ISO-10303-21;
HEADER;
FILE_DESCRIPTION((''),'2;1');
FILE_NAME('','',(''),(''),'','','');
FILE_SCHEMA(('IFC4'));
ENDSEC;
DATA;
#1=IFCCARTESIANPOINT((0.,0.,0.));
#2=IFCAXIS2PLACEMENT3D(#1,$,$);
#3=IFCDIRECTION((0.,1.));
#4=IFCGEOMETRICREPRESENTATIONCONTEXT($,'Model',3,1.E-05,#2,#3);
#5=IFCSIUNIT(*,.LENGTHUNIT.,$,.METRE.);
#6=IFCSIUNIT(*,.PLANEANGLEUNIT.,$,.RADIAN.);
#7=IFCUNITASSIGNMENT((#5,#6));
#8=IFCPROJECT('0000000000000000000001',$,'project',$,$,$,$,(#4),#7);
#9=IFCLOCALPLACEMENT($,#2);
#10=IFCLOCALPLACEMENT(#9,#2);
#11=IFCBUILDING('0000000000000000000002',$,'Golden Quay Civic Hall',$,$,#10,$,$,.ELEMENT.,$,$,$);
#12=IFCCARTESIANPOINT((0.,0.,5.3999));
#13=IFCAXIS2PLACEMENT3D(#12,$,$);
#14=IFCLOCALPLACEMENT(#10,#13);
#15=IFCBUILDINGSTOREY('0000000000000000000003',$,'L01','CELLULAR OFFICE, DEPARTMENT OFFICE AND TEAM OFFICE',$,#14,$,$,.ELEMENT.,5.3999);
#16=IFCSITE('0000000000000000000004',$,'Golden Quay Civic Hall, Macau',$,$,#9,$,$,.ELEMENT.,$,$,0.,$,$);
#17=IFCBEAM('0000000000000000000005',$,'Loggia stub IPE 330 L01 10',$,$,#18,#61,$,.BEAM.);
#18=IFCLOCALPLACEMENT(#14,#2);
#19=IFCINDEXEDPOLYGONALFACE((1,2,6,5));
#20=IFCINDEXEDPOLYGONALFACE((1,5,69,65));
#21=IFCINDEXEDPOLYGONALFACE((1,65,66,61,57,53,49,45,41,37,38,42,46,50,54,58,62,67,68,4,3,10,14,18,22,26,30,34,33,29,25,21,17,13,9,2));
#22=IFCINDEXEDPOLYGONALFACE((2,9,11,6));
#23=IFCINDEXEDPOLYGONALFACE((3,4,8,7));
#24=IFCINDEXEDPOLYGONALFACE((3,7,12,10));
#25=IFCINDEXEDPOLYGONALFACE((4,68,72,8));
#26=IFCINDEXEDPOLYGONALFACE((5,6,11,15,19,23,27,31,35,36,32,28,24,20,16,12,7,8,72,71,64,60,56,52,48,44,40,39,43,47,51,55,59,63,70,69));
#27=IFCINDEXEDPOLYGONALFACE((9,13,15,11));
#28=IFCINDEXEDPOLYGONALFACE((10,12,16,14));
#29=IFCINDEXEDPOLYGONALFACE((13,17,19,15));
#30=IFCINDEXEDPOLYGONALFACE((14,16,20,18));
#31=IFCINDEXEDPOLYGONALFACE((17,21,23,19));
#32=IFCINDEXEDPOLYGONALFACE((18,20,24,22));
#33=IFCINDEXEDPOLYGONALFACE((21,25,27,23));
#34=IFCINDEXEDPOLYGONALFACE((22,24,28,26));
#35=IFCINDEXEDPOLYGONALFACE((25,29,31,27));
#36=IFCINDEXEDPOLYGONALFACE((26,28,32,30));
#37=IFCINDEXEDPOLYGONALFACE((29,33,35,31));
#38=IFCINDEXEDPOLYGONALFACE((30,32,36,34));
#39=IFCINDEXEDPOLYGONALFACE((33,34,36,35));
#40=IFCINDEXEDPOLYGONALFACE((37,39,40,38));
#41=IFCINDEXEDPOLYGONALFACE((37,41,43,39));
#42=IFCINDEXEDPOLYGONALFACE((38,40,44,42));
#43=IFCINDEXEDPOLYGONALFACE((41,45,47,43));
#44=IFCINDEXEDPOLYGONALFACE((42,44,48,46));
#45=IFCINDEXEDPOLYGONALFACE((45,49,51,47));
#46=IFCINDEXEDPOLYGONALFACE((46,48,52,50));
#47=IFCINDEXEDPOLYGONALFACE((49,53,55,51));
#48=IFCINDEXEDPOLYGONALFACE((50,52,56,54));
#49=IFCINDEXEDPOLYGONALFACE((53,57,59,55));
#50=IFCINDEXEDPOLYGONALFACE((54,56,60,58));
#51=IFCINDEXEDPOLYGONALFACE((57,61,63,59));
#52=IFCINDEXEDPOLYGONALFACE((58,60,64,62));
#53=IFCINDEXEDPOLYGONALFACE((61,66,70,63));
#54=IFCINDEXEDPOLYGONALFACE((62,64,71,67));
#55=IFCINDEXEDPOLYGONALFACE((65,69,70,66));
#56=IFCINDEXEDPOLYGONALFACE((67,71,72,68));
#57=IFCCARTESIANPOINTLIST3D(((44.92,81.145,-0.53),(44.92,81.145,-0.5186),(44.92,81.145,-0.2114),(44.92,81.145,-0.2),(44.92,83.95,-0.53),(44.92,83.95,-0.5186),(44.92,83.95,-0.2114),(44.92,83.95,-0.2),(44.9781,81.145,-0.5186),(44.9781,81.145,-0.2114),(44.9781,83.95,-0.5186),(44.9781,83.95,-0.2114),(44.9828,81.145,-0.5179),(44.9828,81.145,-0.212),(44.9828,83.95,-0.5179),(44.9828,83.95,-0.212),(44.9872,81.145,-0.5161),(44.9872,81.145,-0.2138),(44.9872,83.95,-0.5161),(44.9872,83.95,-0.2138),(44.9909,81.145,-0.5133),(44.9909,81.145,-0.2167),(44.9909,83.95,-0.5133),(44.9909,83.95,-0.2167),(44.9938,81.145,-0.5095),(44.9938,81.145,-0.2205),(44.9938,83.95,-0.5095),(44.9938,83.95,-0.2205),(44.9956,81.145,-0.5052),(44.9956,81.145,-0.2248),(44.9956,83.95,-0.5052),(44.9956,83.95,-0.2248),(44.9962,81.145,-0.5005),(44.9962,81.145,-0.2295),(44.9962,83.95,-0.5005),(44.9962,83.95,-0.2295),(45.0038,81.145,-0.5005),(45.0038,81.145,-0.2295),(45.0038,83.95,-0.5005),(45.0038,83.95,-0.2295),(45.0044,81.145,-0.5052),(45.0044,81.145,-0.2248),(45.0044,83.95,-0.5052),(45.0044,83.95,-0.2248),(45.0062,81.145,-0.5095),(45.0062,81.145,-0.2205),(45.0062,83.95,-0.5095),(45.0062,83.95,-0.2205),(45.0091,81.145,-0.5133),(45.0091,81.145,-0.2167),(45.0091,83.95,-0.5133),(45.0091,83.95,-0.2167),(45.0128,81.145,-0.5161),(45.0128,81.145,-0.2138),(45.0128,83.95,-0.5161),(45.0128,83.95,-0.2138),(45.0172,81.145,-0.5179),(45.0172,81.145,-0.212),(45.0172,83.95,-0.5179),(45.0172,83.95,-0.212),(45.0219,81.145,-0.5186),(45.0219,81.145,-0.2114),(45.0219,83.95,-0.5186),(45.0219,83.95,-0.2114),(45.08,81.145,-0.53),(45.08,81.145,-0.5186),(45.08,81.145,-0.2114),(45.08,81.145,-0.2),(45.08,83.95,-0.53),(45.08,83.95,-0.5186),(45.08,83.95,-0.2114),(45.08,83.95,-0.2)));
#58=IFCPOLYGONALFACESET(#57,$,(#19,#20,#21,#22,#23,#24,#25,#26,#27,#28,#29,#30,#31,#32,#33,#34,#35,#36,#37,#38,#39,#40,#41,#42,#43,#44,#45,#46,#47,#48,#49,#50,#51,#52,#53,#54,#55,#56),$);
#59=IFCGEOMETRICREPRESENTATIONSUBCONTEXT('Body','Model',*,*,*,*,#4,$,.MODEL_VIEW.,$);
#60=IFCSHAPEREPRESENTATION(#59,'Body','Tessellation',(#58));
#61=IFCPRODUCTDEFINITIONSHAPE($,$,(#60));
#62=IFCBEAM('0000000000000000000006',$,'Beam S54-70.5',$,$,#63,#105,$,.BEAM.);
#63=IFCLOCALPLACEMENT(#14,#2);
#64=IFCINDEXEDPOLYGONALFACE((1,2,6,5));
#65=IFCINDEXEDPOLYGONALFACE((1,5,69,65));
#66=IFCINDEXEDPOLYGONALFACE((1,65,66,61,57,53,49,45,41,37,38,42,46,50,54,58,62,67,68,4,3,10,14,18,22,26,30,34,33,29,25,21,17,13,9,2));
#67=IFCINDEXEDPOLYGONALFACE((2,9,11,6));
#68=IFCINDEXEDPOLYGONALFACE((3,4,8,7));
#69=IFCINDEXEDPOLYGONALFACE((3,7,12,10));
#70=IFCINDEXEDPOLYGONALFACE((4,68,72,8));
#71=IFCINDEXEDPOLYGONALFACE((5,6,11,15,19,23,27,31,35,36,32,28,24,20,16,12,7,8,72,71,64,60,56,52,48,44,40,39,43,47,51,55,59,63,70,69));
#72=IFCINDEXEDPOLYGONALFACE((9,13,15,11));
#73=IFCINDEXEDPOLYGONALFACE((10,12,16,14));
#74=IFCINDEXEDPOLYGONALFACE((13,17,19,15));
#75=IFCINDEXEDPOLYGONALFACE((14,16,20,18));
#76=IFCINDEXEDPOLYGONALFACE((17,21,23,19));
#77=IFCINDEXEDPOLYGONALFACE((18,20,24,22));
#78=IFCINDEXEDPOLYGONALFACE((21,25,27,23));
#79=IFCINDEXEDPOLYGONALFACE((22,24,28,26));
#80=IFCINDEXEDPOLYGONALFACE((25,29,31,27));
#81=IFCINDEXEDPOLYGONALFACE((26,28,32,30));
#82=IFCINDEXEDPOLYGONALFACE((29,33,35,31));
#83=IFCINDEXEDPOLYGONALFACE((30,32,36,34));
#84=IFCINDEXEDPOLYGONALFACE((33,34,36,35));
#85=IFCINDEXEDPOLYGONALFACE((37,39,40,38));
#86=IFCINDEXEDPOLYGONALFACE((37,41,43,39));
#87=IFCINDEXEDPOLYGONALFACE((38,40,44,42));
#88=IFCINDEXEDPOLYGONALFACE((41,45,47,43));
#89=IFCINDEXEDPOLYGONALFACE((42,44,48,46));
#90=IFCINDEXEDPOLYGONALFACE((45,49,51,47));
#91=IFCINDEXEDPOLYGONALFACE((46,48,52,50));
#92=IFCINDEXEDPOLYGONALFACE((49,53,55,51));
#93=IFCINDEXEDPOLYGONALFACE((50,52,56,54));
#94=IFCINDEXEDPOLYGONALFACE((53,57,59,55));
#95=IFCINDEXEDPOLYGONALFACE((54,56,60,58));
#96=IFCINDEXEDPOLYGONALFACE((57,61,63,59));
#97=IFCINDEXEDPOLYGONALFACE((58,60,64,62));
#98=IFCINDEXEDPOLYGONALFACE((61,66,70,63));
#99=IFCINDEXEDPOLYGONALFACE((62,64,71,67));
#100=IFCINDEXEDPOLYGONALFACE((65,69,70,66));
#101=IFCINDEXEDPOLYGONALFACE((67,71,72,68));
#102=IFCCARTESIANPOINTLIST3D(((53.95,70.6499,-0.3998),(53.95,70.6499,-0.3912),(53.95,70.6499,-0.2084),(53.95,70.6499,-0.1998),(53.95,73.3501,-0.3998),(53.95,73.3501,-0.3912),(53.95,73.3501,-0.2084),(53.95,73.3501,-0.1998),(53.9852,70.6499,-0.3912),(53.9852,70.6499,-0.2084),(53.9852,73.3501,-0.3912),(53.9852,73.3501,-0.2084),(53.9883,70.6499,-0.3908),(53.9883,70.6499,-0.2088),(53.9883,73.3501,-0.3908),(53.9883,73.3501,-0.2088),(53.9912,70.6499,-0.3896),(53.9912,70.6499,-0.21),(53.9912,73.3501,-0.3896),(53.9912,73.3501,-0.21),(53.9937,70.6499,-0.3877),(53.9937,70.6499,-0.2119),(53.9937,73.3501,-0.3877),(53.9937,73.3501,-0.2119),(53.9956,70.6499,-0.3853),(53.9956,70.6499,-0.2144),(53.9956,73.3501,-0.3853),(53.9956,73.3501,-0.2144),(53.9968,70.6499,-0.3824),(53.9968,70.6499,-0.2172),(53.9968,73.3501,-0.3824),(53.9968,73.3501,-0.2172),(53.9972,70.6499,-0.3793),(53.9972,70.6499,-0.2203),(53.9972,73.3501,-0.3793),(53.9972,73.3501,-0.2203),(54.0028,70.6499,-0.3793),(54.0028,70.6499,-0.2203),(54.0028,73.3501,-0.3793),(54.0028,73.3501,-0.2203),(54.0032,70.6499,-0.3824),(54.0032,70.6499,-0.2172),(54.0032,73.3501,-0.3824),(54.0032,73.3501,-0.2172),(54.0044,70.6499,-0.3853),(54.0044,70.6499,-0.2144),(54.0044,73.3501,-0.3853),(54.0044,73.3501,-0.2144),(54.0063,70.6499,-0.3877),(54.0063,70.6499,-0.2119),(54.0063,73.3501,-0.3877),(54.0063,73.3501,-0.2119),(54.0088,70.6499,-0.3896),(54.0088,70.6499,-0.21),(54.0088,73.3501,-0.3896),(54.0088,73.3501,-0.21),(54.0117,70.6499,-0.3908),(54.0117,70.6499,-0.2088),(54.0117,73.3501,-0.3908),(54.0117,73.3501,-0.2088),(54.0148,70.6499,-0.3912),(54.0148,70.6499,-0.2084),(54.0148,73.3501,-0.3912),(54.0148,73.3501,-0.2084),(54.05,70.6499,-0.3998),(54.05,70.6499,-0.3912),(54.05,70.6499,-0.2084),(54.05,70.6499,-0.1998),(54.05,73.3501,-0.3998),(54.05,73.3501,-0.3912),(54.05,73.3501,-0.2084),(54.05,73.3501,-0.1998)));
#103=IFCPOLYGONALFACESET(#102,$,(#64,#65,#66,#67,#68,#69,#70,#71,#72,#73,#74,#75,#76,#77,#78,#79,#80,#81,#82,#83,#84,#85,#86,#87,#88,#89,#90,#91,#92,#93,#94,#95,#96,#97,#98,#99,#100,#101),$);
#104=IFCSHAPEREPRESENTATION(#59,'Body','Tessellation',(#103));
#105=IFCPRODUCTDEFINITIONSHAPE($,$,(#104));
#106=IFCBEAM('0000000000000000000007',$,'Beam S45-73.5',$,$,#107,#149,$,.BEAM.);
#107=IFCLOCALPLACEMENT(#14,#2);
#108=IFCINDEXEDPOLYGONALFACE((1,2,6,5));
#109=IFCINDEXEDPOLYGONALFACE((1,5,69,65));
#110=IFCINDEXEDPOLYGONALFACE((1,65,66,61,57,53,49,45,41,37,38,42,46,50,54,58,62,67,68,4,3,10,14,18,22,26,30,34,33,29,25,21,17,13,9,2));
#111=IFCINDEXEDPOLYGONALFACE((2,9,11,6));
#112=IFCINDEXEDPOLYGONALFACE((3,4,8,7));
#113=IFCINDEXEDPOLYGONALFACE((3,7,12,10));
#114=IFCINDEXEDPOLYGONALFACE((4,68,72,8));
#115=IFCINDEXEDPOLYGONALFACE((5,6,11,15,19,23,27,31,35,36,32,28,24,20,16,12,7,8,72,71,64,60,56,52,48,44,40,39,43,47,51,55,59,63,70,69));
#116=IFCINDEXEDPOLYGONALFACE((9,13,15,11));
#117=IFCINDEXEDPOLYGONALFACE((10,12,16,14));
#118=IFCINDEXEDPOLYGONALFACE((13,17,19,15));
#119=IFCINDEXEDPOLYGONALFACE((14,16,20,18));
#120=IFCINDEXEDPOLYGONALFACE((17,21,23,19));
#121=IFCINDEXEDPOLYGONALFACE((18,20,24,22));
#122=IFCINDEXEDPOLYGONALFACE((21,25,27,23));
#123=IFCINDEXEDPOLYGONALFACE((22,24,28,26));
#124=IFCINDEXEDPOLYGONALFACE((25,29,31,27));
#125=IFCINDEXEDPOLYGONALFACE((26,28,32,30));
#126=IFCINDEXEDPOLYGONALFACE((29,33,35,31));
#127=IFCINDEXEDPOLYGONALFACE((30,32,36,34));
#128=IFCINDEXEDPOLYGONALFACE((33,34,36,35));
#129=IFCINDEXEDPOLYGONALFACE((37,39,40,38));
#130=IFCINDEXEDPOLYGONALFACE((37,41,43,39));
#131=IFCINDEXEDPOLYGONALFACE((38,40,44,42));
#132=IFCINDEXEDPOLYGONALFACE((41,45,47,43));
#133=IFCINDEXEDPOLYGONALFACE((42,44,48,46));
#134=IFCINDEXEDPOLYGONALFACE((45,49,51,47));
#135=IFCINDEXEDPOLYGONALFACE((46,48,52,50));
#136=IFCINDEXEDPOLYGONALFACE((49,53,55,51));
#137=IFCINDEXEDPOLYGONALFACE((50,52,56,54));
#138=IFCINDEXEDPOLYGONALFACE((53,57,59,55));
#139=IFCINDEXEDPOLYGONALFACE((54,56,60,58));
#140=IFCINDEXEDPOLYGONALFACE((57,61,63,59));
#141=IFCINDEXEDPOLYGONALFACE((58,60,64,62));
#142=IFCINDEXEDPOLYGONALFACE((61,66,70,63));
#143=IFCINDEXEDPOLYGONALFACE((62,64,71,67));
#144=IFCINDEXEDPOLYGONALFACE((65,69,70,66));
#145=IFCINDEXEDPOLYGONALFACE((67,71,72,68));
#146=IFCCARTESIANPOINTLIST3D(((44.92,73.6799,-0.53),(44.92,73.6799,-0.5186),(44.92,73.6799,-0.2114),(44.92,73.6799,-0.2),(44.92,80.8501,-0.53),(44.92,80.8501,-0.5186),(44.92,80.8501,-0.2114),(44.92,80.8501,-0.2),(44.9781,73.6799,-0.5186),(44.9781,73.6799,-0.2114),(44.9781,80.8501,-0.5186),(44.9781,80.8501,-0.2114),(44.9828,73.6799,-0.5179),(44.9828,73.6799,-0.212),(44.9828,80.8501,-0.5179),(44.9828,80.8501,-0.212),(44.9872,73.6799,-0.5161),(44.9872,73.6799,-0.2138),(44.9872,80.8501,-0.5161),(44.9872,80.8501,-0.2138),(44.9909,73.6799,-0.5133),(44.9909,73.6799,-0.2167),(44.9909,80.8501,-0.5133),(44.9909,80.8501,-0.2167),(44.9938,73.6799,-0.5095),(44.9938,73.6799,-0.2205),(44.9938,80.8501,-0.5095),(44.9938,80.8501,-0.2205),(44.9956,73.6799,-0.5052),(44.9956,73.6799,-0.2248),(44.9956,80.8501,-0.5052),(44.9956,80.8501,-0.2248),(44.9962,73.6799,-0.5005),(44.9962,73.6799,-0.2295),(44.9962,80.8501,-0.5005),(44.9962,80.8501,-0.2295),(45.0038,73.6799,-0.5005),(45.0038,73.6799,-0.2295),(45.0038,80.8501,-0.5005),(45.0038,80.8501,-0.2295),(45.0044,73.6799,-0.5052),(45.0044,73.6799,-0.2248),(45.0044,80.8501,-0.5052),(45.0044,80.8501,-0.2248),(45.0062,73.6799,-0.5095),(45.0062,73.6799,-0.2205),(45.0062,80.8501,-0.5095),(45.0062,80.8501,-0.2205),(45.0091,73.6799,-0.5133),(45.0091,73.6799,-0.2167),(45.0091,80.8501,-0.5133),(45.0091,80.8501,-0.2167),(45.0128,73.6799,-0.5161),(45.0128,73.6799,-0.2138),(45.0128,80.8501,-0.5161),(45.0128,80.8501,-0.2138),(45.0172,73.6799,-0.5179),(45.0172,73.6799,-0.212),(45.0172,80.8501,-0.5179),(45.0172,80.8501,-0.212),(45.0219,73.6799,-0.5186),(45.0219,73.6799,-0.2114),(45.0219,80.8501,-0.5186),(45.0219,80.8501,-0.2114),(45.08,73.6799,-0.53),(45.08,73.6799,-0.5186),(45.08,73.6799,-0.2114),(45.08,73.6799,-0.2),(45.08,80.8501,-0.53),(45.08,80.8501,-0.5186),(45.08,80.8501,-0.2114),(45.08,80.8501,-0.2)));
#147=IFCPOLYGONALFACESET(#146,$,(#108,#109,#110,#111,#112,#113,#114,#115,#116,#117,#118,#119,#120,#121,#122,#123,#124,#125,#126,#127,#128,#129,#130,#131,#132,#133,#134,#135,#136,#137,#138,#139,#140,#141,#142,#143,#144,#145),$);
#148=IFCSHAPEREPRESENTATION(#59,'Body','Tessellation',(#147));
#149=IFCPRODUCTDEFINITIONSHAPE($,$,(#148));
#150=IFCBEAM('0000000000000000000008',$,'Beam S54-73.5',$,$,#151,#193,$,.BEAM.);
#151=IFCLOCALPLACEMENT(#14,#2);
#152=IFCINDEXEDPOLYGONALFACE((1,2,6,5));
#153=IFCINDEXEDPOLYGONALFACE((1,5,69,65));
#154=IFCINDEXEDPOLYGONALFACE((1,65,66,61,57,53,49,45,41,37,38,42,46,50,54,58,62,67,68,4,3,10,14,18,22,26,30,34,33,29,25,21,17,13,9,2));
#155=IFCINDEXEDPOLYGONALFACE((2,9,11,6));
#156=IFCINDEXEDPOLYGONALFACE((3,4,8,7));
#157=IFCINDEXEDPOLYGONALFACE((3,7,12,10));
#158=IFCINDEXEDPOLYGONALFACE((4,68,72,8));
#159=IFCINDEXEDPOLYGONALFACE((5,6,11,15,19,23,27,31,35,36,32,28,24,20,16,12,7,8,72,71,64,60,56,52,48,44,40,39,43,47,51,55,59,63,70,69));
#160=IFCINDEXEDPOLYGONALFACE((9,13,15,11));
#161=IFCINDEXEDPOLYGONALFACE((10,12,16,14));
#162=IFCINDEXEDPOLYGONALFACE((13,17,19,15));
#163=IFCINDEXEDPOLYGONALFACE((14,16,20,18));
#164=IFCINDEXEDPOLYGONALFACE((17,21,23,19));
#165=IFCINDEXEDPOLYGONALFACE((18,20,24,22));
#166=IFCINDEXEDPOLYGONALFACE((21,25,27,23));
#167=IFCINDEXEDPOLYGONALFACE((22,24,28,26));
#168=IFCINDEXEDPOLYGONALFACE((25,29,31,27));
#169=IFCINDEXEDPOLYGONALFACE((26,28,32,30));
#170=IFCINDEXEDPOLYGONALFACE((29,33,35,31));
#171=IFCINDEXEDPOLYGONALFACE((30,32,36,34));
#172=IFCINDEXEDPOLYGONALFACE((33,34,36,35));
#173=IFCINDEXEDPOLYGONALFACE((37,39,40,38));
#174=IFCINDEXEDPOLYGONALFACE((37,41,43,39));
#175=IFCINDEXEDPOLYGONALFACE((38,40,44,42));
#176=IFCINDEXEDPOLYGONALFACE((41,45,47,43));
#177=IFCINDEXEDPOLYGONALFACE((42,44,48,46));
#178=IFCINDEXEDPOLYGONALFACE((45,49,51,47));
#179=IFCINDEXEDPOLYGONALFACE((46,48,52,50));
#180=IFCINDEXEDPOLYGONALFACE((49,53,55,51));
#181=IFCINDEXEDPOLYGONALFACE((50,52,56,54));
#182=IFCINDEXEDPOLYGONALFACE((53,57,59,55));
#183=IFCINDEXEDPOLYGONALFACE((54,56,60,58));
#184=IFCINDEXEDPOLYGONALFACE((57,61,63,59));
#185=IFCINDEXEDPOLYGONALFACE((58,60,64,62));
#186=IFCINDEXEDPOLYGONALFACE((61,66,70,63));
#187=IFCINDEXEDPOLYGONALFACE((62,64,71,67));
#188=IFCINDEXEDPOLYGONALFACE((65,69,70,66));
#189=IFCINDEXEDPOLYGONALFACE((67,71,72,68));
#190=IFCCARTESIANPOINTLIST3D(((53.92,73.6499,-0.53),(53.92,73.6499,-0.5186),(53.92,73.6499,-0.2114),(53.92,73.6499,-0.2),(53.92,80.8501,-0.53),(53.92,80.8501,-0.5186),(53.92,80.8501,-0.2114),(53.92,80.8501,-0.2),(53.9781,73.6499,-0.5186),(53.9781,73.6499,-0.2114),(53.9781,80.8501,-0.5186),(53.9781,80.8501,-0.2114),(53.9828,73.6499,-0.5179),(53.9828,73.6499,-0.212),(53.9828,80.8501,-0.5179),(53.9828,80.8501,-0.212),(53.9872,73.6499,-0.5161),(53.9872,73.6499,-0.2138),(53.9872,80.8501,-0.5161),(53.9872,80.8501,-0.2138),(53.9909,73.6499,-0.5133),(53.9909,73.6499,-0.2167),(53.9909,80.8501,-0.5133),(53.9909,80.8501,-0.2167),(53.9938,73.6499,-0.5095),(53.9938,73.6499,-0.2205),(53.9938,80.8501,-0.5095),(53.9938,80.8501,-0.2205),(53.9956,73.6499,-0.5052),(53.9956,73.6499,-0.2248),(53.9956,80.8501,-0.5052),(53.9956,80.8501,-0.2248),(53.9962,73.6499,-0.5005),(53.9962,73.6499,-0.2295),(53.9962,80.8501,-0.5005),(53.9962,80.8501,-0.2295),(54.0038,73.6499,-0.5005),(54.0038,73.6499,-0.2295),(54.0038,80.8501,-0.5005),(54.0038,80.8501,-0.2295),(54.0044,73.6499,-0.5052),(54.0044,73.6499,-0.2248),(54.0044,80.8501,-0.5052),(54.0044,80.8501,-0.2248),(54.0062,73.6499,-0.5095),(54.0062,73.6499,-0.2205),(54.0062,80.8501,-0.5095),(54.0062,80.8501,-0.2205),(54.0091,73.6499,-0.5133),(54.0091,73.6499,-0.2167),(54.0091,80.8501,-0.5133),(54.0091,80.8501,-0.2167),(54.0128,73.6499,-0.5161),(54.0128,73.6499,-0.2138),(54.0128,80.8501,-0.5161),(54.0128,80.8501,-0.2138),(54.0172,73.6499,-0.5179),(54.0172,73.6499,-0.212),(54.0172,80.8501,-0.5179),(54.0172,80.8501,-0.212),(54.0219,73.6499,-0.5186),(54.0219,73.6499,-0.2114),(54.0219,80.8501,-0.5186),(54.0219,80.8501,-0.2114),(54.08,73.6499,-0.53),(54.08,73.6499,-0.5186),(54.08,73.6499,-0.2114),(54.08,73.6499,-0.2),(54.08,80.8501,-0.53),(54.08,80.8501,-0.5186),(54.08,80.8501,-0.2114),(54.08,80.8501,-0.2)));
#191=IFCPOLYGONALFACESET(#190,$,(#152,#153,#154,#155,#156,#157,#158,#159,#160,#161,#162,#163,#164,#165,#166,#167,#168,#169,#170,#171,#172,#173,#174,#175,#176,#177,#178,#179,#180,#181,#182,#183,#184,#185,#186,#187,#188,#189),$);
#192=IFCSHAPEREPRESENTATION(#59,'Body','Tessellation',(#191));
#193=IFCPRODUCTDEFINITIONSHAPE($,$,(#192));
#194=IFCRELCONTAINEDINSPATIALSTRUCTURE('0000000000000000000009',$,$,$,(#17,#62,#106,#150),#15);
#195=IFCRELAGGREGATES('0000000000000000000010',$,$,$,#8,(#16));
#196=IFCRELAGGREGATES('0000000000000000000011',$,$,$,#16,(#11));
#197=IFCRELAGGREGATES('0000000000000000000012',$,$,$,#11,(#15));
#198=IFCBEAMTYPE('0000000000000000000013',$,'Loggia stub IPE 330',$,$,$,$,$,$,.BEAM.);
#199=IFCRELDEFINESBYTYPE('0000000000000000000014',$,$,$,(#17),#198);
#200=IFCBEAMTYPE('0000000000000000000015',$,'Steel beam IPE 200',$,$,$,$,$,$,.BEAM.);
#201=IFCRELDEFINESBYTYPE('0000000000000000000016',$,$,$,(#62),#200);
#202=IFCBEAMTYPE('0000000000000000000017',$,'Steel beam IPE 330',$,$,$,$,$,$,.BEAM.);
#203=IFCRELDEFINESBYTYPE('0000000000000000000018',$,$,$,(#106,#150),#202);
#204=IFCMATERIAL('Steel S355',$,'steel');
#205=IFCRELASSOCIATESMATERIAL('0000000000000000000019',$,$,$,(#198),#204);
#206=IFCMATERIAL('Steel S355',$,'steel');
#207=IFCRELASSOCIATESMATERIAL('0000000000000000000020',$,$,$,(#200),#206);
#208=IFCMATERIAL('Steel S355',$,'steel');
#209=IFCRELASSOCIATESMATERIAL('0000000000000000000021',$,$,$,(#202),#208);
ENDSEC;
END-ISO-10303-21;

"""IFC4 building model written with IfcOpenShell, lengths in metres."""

from ifc_helpers import new_model, si_unit, direction, frame, origin, origin_2d, place, context, subcontext, project, spatial, i_section, extrude, material, material_profile, profile_set, type_object, element, save


model = new_model("IFC4")

# Units and contexts
model_context = context("Model", 3, precision=1e-05, world=origin(), true_north=direction((0.0, 1.0)))
body_context = subcontext(model_context, "Body", "Model", "MODEL_VIEW")
ifc_project = project(units=[si_unit("LENGTHUNIT", "METRE"), si_unit("PLANEANGLEUNIT", "RADIAN")], contexts=[model_context])

# Site, building, storey
site_placement = place(None, origin())
site = spatial("IfcSite", under=ifc_project, at=site_placement, Name="Golden Quay Civic Hall, Macau", CompositionType="ELEMENT", RefElevation=0.0)
building_placement = place(site_placement, origin())
building = spatial("IfcBuilding", under=site, at=building_placement, Name="Golden Quay Civic Hall", CompositionType="ELEMENT")
storey_placement = place(building_placement, frame((0.0, 0.0, 5.3999)))
storey = spatial("IfcBuildingStorey", under=building, at=storey_placement, Name="L01", Description="CELLULAR OFFICE, DEPARTMENT OFFICE AND TEAM OFFICE", CompositionType="ELEMENT", Elevation=5.3999)

# Beams
ifc_material_1 = material(Name="Steel S355", Category="steel")
ifc_material_profile_1 = material_profile(ifc_material_1, i_section(OverallWidth=0.1599, OverallDepth=0.3301, WebThickness=0.0076, FlangeThickness=0.0115, FilletRadius=0.0181, at=origin_2d()), Name="IPE 330")
ifc_profile_set_1 = profile_set([ifc_material_profile_1], Name="Steel S355")
beam_type_1 = type_object("IfcBeamType", Name="Loggia stub IPE 330", PredefinedType="BEAM", material=ifc_profile_set_1)
beam_1_placement = place(storey_placement, frame((45.0, 81.145, -0.365), z_axis=(0.0, 1.0, 0.0), x_axis=(-1.0, 0.0, 0.0)))
element("IfcBeam", 1, at=beam_1_placement, inside=storey, type_object=beam_type_1, Name="Loggia stub IPE 330 L01 10", PredefinedType="BEAM", context=body_context, shape_type="SweptSolid", body=[
    extrude(i_section(OverallWidth=0.1599, OverallDepth=0.3301, WebThickness=0.0076, FlangeThickness=0.0115, FilletRadius=0.0181, at=origin_2d()), origin(), (0.0, 0.0, 1.0), 2.8049),
])
ifc_material_2 = material(Name="Steel S355", Category="steel")
ifc_material_profile_2 = material_profile(ifc_material_2, i_section(OverallWidth=0.1001, OverallDepth=0.2, WebThickness=0.0056, FlangeThickness=0.0085, FilletRadius=0.012, at=origin_2d()), Name="IPE 200")
ifc_profile_set_2 = profile_set([ifc_material_profile_2], Name="Steel S355")
beam_type_2 = type_object("IfcBeamType", Name="Steel beam IPE 200", PredefinedType="BEAM", material=ifc_profile_set_2)
beam_2_placement = place(storey_placement, frame((54.0, 70.6499, -0.2998), z_axis=(0.0, 1.0, 0.0), x_axis=(-1.0, 0.0, 0.0)))
element("IfcBeam", 2, at=beam_2_placement, inside=storey, type_object=beam_type_2, Name="Beam S54-70.5", PredefinedType="BEAM", context=body_context, shape_type="SweptSolid", body=[
    extrude(i_section(OverallWidth=0.1001, OverallDepth=0.2, WebThickness=0.0056, FlangeThickness=0.0085, FilletRadius=0.012, at=origin_2d()), origin(), (0.0, 0.0, 1.0), 2.7002),
])
ifc_material_3 = material(Name="Steel S355", Category="steel")
ifc_material_profile_3 = material_profile(ifc_material_3, i_section(OverallWidth=0.1599, OverallDepth=0.3301, WebThickness=0.0076, FlangeThickness=0.0115, FilletRadius=0.0181, at=origin_2d()), Name="IPE 330")
ifc_profile_set_3 = profile_set([ifc_material_profile_3], Name="Steel S355")
beam_type_3 = type_object("IfcBeamType", Name="Steel beam IPE 330", PredefinedType="BEAM", material=ifc_profile_set_3)
beam_3_placement = place(storey_placement, frame((45.0, 73.6799, -0.365), z_axis=(0.0, 1.0, 0.0), x_axis=(-1.0, 0.0, 0.0)))
element("IfcBeam", 3, at=beam_3_placement, inside=storey, type_object=beam_type_3, Name="Beam S45-73.5", PredefinedType="BEAM", context=body_context, shape_type="SweptSolid", body=[
    extrude(i_section(OverallWidth=0.1599, OverallDepth=0.3301, WebThickness=0.0076, FlangeThickness=0.0115, FilletRadius=0.0181, at=origin_2d()), origin(), (0.0, 0.0, 1.0), 7.1702),
])
beam_4_placement = place(storey_placement, frame((54.0, 73.6499, -0.365), z_axis=(0.0, 1.0, 0.0), x_axis=(-1.0, 0.0, 0.0)))
element("IfcBeam", 4, at=beam_4_placement, inside=storey, type_object=beam_type_3, Name="Beam S54-73.5", PredefinedType="BEAM", context=body_context, shape_type="SweptSolid", body=[
    extrude(i_section(OverallWidth=0.1599, OverallDepth=0.3301, WebThickness=0.0076, FlangeThickness=0.0115, FilletRadius=0.0181, at=origin_2d()), origin(), (0.0, 0.0, 1.0), 7.2002),
])

save(model, "model.ifc")
